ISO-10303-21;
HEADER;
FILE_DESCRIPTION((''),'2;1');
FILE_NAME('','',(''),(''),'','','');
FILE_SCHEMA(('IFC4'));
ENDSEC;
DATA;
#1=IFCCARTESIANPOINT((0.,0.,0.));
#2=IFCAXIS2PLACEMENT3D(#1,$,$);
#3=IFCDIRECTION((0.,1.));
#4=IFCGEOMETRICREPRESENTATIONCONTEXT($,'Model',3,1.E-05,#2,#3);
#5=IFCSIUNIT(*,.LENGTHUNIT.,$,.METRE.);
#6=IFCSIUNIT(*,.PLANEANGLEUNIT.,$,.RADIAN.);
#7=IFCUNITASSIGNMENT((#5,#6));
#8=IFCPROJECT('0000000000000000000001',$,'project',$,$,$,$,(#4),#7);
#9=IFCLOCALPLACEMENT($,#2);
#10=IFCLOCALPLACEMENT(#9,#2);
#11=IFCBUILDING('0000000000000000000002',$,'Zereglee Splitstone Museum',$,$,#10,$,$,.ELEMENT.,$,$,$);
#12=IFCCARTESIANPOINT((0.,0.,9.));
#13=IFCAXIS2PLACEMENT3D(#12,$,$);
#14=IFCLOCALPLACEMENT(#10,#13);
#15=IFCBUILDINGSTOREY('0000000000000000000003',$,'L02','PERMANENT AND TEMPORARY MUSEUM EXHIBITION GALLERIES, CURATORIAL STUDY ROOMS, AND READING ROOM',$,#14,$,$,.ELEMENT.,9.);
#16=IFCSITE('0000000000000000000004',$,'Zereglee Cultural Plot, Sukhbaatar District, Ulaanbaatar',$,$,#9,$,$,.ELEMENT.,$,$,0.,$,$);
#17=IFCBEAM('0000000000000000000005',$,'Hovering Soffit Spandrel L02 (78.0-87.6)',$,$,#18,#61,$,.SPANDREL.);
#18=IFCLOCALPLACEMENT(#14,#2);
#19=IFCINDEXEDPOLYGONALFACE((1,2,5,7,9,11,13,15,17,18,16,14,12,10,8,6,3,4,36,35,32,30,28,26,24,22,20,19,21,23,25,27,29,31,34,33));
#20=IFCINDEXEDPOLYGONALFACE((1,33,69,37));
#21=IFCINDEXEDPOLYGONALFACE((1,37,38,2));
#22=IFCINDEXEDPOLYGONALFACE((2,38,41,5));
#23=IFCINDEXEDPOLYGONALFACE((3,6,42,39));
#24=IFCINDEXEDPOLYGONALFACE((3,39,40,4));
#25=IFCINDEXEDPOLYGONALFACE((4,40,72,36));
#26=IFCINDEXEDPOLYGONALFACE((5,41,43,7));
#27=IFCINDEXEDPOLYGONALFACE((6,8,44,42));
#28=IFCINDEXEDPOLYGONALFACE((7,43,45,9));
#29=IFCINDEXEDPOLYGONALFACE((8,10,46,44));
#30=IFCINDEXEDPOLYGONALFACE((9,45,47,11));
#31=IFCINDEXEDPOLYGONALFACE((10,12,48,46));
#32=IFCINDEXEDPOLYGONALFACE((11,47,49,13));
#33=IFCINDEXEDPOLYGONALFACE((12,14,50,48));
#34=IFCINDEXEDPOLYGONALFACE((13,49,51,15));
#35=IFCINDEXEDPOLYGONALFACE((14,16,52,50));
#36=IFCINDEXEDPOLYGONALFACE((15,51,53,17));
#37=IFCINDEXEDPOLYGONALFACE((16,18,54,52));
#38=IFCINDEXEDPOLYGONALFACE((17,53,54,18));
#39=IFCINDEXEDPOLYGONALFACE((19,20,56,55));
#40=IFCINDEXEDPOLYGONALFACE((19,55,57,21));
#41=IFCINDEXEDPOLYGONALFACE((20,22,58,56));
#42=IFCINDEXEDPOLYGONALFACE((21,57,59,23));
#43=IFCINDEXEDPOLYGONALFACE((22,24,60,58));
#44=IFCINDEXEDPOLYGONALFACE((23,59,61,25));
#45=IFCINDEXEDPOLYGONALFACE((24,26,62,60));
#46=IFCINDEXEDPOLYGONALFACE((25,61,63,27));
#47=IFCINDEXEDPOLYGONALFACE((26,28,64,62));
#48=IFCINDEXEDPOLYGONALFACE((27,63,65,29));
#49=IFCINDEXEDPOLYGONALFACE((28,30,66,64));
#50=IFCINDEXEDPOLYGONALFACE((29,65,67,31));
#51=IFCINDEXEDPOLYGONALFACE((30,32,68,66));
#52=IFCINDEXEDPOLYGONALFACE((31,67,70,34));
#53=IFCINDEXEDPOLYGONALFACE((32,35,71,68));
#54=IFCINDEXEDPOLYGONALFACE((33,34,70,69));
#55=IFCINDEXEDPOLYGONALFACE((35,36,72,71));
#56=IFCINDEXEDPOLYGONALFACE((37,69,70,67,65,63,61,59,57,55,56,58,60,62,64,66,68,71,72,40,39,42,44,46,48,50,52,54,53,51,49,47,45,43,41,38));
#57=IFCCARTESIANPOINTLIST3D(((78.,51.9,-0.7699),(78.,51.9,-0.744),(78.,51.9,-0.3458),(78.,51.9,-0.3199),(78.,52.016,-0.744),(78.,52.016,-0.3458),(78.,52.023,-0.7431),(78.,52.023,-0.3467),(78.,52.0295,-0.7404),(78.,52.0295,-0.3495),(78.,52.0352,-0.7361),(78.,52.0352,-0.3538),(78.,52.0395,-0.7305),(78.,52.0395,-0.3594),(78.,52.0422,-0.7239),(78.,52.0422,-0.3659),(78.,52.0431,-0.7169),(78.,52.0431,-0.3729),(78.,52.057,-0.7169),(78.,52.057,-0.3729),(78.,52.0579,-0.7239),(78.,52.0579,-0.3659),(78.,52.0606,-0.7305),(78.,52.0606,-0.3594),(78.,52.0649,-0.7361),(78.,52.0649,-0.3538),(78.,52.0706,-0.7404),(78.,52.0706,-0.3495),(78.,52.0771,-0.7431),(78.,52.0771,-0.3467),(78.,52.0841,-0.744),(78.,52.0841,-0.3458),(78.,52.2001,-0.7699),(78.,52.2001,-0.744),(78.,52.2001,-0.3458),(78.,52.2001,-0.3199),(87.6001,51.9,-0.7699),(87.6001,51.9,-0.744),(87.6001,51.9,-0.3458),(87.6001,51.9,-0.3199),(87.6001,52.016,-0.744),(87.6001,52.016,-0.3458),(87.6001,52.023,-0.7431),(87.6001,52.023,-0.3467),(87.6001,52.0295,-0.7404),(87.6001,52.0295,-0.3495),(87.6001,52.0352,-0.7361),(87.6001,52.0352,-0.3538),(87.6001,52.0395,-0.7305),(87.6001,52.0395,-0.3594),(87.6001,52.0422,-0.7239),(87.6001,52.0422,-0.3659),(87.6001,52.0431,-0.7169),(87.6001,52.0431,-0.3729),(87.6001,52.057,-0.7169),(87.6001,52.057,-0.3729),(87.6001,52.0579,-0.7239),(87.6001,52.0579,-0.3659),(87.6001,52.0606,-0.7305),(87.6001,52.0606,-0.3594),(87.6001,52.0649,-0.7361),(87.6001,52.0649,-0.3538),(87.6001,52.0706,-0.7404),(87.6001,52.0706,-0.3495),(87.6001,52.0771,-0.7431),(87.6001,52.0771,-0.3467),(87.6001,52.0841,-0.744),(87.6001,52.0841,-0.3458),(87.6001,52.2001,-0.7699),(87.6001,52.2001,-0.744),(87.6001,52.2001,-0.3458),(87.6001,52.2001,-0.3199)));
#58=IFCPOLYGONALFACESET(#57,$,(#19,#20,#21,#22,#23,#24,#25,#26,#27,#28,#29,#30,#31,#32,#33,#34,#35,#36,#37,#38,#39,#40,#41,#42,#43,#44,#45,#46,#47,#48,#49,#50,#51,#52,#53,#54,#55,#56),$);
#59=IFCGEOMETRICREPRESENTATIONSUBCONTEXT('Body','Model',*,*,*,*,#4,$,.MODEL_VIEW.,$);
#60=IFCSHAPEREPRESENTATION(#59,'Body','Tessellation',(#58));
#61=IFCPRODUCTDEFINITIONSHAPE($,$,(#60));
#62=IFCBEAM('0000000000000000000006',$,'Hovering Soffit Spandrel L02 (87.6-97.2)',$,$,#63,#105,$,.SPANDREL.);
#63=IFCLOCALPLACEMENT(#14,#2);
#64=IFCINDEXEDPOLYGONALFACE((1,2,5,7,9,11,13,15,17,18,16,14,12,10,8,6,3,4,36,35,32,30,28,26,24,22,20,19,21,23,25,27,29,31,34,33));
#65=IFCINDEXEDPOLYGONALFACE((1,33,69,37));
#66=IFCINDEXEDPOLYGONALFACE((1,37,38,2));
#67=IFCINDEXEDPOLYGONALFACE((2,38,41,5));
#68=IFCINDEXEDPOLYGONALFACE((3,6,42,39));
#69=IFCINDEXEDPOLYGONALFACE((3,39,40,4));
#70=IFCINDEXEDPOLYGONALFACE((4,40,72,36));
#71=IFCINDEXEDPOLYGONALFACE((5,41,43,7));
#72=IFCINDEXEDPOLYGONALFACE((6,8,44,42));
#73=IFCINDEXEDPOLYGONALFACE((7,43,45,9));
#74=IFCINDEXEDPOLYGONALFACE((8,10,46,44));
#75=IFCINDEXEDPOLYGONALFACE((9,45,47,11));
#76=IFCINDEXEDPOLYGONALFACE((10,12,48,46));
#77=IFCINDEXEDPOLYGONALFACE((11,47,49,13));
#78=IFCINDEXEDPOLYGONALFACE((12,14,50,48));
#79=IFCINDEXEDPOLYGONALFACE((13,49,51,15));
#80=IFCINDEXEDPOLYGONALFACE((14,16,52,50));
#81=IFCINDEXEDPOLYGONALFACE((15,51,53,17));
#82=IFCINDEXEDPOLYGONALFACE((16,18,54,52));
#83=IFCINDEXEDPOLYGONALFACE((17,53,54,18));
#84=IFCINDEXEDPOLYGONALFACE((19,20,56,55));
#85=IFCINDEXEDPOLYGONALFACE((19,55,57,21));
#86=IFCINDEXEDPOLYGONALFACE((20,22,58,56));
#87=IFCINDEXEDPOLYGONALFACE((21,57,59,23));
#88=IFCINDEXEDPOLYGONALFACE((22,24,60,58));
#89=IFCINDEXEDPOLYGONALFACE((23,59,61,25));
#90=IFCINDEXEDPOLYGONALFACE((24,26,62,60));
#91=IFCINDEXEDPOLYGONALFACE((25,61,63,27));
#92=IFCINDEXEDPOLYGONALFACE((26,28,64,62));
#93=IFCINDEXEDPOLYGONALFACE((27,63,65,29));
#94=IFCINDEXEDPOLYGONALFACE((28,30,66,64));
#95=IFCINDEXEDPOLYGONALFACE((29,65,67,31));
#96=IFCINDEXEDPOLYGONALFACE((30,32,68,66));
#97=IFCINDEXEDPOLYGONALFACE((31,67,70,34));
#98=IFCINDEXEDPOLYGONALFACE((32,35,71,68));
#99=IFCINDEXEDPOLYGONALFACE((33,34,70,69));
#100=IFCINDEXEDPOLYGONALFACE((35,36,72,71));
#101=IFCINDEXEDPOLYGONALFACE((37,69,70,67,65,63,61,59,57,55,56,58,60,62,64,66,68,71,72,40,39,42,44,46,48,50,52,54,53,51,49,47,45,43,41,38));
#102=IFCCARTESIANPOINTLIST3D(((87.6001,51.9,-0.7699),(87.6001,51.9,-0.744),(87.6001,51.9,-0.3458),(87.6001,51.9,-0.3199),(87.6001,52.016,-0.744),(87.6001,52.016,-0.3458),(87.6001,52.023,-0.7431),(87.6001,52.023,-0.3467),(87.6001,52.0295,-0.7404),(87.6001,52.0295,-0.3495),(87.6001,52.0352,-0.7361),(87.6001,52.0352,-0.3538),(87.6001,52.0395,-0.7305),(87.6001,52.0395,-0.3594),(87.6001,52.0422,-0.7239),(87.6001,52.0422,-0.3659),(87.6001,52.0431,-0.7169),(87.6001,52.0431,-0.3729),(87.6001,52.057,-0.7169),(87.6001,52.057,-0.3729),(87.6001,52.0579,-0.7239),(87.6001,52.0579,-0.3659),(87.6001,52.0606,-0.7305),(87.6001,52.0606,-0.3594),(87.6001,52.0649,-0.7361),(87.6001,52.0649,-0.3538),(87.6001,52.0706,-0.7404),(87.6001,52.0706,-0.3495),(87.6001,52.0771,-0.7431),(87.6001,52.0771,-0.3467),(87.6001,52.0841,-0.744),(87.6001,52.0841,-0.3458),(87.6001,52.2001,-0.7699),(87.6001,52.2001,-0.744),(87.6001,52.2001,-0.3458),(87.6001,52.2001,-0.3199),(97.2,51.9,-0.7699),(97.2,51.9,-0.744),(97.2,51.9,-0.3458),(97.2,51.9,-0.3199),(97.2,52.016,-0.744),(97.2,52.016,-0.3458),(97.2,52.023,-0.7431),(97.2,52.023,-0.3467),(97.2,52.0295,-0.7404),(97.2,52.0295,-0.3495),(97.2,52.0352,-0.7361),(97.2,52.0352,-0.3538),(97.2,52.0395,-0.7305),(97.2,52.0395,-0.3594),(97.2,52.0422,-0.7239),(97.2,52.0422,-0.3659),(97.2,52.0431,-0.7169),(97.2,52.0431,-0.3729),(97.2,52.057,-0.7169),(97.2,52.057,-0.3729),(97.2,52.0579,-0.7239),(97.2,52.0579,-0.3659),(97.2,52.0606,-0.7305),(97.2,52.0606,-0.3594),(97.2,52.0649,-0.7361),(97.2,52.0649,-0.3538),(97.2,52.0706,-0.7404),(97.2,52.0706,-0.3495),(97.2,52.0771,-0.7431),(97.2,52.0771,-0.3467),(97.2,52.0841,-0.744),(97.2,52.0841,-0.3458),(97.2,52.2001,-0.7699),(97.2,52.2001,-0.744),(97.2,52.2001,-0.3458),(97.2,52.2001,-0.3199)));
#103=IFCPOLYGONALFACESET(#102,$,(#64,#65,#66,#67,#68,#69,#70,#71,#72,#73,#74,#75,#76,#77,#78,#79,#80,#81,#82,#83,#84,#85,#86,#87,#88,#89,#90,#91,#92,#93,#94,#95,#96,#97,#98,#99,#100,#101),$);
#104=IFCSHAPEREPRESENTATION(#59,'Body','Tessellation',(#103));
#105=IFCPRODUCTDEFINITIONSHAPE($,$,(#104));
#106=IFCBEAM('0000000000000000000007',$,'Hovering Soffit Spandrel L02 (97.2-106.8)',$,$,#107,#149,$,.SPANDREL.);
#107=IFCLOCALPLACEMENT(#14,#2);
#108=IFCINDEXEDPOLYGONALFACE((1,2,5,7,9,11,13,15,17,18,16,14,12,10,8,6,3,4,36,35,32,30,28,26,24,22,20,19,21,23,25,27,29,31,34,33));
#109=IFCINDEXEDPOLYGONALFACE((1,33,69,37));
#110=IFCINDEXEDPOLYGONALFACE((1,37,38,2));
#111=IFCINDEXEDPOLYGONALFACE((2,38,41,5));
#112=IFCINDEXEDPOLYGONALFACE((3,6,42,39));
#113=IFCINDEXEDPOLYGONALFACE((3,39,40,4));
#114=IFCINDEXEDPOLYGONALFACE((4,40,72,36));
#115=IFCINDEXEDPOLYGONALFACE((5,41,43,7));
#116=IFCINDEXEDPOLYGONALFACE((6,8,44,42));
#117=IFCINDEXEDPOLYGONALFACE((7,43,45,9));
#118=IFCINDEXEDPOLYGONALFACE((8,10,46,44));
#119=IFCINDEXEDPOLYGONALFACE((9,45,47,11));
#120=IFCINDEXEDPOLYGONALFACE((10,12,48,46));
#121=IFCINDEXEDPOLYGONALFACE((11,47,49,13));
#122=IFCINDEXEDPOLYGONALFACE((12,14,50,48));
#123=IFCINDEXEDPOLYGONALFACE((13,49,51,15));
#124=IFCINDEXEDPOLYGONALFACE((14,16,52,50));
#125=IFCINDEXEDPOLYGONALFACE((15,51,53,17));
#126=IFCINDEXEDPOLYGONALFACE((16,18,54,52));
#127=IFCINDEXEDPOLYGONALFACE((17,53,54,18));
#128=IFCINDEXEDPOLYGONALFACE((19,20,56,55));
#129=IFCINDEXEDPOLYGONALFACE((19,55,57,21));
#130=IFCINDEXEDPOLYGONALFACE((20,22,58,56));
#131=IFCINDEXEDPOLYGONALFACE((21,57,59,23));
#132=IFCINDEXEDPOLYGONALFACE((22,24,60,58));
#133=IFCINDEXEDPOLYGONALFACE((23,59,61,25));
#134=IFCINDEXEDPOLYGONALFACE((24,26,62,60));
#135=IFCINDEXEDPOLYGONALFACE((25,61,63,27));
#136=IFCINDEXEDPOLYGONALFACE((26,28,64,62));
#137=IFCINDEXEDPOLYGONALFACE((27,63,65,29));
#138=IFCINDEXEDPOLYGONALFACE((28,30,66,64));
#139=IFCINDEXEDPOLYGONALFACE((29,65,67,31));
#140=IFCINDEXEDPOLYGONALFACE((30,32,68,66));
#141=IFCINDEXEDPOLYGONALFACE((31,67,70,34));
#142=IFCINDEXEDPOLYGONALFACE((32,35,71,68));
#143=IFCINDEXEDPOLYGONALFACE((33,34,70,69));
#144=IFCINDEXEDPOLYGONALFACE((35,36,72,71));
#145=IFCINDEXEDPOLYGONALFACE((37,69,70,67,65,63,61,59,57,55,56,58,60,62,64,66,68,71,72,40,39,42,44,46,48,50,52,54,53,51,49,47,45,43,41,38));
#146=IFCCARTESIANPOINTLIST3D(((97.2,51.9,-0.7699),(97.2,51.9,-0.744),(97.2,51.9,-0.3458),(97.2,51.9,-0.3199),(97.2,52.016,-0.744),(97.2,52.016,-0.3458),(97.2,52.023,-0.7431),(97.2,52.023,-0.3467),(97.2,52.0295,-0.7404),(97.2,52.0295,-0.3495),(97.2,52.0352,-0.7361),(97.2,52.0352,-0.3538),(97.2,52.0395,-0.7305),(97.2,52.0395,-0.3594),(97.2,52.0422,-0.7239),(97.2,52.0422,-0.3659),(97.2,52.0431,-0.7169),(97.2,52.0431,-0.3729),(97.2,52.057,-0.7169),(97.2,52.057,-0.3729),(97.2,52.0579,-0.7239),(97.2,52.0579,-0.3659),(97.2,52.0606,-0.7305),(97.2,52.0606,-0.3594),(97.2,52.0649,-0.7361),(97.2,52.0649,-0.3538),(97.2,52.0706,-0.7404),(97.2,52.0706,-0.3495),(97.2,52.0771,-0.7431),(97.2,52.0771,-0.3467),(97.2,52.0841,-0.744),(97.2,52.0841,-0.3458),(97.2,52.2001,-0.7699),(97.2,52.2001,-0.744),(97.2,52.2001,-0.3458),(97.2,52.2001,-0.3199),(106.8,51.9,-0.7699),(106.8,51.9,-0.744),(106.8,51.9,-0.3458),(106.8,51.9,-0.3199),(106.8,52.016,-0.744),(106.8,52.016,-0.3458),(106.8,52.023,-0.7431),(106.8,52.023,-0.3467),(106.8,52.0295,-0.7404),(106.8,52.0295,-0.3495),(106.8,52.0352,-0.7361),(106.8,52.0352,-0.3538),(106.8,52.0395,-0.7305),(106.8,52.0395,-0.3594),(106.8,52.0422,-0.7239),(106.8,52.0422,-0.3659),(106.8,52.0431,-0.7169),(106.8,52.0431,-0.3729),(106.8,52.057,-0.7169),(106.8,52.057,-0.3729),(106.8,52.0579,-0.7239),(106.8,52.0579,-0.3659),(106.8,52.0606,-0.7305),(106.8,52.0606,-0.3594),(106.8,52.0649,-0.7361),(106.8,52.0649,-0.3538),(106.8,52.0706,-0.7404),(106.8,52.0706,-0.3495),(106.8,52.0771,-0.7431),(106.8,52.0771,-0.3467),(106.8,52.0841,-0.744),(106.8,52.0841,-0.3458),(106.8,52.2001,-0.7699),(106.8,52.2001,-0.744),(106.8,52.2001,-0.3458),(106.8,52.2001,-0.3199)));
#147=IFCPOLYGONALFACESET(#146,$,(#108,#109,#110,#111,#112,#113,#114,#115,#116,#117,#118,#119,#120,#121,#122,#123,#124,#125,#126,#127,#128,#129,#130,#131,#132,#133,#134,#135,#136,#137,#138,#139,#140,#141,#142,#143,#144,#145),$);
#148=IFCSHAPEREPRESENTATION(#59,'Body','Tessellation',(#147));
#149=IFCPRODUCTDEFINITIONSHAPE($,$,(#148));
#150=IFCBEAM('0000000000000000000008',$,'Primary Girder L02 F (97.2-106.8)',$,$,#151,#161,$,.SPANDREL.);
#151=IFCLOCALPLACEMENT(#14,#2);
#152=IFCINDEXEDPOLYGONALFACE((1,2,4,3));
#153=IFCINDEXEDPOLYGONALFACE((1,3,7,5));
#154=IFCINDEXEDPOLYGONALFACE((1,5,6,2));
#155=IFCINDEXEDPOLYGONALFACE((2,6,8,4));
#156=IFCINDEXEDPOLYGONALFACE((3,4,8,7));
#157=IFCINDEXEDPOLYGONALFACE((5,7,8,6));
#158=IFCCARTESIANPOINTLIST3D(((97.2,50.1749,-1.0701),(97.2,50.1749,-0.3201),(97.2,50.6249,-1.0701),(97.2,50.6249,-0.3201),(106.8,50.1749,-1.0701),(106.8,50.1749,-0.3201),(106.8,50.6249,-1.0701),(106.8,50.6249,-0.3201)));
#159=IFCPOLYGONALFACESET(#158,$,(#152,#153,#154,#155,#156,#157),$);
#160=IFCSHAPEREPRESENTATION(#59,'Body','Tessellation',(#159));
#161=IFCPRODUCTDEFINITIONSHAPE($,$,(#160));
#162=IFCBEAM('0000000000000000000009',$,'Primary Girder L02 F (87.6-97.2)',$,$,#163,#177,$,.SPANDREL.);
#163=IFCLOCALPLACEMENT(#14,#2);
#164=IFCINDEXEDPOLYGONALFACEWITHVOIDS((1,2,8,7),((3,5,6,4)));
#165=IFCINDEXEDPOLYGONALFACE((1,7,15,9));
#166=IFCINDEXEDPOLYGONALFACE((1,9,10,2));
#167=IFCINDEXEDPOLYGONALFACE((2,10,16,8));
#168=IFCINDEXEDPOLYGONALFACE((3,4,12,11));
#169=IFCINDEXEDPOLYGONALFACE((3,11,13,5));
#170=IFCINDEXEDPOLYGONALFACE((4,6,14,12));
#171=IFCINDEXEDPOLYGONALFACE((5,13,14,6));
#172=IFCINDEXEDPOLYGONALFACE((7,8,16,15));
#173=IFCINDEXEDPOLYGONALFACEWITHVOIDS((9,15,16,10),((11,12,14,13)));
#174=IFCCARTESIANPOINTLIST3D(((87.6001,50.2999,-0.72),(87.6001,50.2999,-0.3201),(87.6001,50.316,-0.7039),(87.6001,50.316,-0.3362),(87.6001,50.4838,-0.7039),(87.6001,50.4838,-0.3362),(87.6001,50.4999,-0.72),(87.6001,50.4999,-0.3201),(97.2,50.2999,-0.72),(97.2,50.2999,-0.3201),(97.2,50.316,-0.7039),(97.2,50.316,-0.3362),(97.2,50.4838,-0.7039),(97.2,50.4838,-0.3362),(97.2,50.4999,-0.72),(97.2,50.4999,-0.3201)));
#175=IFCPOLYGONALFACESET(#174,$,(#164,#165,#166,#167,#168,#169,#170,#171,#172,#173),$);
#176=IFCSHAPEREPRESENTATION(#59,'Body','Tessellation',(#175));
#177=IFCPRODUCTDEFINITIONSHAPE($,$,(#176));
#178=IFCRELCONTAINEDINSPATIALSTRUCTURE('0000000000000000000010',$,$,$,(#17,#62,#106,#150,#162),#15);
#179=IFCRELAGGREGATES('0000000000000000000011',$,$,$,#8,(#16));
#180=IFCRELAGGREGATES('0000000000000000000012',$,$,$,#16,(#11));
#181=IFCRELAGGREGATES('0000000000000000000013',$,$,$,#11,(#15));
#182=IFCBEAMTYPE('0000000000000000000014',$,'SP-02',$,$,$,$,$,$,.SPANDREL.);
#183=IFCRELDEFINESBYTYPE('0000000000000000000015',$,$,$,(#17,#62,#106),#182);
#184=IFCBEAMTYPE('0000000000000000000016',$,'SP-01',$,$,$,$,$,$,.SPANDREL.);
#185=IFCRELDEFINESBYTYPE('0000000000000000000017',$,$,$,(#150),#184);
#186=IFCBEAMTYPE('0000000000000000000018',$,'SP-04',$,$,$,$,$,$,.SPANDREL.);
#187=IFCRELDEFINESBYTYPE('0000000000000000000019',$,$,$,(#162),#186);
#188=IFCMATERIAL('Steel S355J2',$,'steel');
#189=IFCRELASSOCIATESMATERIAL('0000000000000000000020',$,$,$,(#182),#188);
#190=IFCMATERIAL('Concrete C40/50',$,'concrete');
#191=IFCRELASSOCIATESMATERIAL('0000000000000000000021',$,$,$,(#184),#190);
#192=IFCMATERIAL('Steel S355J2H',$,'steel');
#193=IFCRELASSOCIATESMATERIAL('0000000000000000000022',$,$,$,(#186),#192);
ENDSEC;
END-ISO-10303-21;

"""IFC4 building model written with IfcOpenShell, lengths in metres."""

from ifc_helpers import new_model, si_unit, direction, frame, origin, origin_2d, place, context, subcontext, project, spatial, rectangle, hollow_rectangle, i_section, extrude, material, material_profile, profile_set, type_object, element, save


model = new_model("IFC4")

# Units and contexts
model_context = context("Model", 3, precision=1e-05, world=origin(), true_north=direction((0.0, 1.0)))
body_context = subcontext(model_context, "Body", "Model", "MODEL_VIEW")
ifc_project = project(units=[si_unit("LENGTHUNIT", "METRE"), si_unit("PLANEANGLEUNIT", "RADIAN")], contexts=[model_context])

# Site, building, storey
site_placement = place(None, origin())
site = spatial("IfcSite", under=ifc_project, at=site_placement, Name="Zereglee Cultural Plot, Sukhbaatar District, Ulaanbaatar", CompositionType="ELEMENT", RefElevation=0.0)
building_placement = place(site_placement, origin())
building = spatial("IfcBuilding", under=site, at=building_placement, Name="Zereglee Splitstone Museum", CompositionType="ELEMENT")
storey_placement = place(building_placement, frame((0.0, 0.0, 9.0)))
storey = spatial("IfcBuildingStorey", under=building, at=storey_placement, Name="L02", Description="PERMANENT AND TEMPORARY MUSEUM EXHIBITION GALLERIES, CURATORIAL STUDY ROOMS, AND READING ROOM", CompositionType="ELEMENT", Elevation=9.0)

# Shared definitions
ifc_material_1 = material(Name="Steel S355J2H", Category="steel")
ifc_material_2 = material(Name="Steel S355J2", Category="steel")

# Beams
ifc_material_profile_1 = material_profile(ifc_material_2, i_section(OverallWidth=0.3, OverallDepth=0.45, WebThickness=0.0139, FlangeThickness=0.0259, FilletRadius=0.0271, at=origin_2d()), Name="HE 450 B")
ifc_profile_set_1 = profile_set([ifc_material_profile_1], Name="Steel S355J2")
beam_type_1 = type_object("IfcBeamType", Name="SP-02", PredefinedType="SPANDREL", material=ifc_profile_set_1)
beam_1_placement = place(storey_placement, frame((78.0, 52.05, -0.5449), z_axis=(1.0, 0.0, 0.0), x_axis=(0.0, 1.0, 0.0)))
element("IfcBeam", 1, at=beam_1_placement, inside=storey, type_object=beam_type_1, Name="Hovering Soffit Spandrel L02 (78.0-87.6)", PredefinedType="SPANDREL", context=body_context, shape_type="SweptSolid", body=[
    extrude(i_section(OverallWidth=0.3, OverallDepth=0.45, WebThickness=0.0139, FlangeThickness=0.0259, FilletRadius=0.0271, at=origin_2d()), origin(), (0.0, 0.0, 1.0), 9.6001),
])
beam_2_placement = place(storey_placement, frame((87.6001, 52.05, -0.5449), z_axis=(1.0, 0.0, 0.0), x_axis=(0.0, 1.0, 0.0)))
element("IfcBeam", 2, at=beam_2_placement, inside=storey, type_object=beam_type_1, Name="Hovering Soffit Spandrel L02 (87.6-97.2)", PredefinedType="SPANDREL", context=body_context, shape_type="SweptSolid", body=[
    extrude(i_section(OverallWidth=0.3, OverallDepth=0.45, WebThickness=0.0139, FlangeThickness=0.0259, FilletRadius=0.0271, at=origin_2d()), origin(), (0.0, 0.0, 1.0), 9.5999),
])
beam_3_placement = place(storey_placement, frame((97.2, 52.05, -0.5449), z_axis=(1.0, 0.0, 0.0), x_axis=(0.0, 1.0, 0.0)))
element("IfcBeam", 3, at=beam_3_placement, inside=storey, type_object=beam_type_1, Name="Hovering Soffit Spandrel L02 (97.2-106.8)", PredefinedType="SPANDREL", context=body_context, shape_type="SweptSolid", body=[
    extrude(i_section(OverallWidth=0.3, OverallDepth=0.45, WebThickness=0.0139, FlangeThickness=0.0259, FilletRadius=0.0271, at=origin_2d()), origin(), (0.0, 0.0, 1.0), 9.6001),
])
ifc_material_3 = material(Name="Concrete C40/50", Category="concrete")
ifc_material_profile_2 = material_profile(ifc_material_3, rectangle(XDim=0.45, YDim=0.75, at=origin_2d()), Name="RC 450x750")
ifc_profile_set_2 = profile_set([ifc_material_profile_2], Name="Concrete C40/50")
beam_type_2 = type_object("IfcBeamType", Name="SP-01", PredefinedType="SPANDREL", material=ifc_profile_set_2)
beam_4_placement = place(storey_placement, frame((97.2, 50.3999, -0.6951), z_axis=(1.0, 0.0, 0.0), x_axis=(0.0, 1.0, 0.0)))
element("IfcBeam", 4, at=beam_4_placement, inside=storey, type_object=beam_type_2, Name="Primary Girder L02 F (97.2-106.8)", PredefinedType="SPANDREL", context=body_context, shape_type="SweptSolid", body=[
    extrude(rectangle(XDim=0.45, YDim=0.75, at=origin_2d()), origin(), (0.0, 0.0, 1.0), 9.6001),
])
ifc_material_profile_3 = material_profile(ifc_material_1, hollow_rectangle(XDim=0.2, YDim=0.3999, WallThickness=0.0161, at=origin_2d()), Name="RHS 400x200x16")
ifc_profile_set_3 = profile_set([ifc_material_profile_3], Name="Steel S355J2H")
beam_type_3 = type_object("IfcBeamType", Name="SP-04", PredefinedType="SPANDREL", material=ifc_profile_set_3)
beam_5_placement = place(storey_placement, frame((87.6001, 50.3999, -0.52), z_axis=(1.0, 0.0, 0.0), x_axis=(0.0, 1.0, 0.0)))
element("IfcBeam", 5, at=beam_5_placement, inside=storey, type_object=beam_type_3, Name="Primary Girder L02 F (87.6-97.2)", PredefinedType="SPANDREL", context=body_context, shape_type="SweptSolid", body=[
    extrude(hollow_rectangle(XDim=0.2, YDim=0.3999, WallThickness=0.0161, at=origin_2d()), origin(), (0.0, 0.0, 1.0), 9.5999),
])

save(model, "model.ifc")
